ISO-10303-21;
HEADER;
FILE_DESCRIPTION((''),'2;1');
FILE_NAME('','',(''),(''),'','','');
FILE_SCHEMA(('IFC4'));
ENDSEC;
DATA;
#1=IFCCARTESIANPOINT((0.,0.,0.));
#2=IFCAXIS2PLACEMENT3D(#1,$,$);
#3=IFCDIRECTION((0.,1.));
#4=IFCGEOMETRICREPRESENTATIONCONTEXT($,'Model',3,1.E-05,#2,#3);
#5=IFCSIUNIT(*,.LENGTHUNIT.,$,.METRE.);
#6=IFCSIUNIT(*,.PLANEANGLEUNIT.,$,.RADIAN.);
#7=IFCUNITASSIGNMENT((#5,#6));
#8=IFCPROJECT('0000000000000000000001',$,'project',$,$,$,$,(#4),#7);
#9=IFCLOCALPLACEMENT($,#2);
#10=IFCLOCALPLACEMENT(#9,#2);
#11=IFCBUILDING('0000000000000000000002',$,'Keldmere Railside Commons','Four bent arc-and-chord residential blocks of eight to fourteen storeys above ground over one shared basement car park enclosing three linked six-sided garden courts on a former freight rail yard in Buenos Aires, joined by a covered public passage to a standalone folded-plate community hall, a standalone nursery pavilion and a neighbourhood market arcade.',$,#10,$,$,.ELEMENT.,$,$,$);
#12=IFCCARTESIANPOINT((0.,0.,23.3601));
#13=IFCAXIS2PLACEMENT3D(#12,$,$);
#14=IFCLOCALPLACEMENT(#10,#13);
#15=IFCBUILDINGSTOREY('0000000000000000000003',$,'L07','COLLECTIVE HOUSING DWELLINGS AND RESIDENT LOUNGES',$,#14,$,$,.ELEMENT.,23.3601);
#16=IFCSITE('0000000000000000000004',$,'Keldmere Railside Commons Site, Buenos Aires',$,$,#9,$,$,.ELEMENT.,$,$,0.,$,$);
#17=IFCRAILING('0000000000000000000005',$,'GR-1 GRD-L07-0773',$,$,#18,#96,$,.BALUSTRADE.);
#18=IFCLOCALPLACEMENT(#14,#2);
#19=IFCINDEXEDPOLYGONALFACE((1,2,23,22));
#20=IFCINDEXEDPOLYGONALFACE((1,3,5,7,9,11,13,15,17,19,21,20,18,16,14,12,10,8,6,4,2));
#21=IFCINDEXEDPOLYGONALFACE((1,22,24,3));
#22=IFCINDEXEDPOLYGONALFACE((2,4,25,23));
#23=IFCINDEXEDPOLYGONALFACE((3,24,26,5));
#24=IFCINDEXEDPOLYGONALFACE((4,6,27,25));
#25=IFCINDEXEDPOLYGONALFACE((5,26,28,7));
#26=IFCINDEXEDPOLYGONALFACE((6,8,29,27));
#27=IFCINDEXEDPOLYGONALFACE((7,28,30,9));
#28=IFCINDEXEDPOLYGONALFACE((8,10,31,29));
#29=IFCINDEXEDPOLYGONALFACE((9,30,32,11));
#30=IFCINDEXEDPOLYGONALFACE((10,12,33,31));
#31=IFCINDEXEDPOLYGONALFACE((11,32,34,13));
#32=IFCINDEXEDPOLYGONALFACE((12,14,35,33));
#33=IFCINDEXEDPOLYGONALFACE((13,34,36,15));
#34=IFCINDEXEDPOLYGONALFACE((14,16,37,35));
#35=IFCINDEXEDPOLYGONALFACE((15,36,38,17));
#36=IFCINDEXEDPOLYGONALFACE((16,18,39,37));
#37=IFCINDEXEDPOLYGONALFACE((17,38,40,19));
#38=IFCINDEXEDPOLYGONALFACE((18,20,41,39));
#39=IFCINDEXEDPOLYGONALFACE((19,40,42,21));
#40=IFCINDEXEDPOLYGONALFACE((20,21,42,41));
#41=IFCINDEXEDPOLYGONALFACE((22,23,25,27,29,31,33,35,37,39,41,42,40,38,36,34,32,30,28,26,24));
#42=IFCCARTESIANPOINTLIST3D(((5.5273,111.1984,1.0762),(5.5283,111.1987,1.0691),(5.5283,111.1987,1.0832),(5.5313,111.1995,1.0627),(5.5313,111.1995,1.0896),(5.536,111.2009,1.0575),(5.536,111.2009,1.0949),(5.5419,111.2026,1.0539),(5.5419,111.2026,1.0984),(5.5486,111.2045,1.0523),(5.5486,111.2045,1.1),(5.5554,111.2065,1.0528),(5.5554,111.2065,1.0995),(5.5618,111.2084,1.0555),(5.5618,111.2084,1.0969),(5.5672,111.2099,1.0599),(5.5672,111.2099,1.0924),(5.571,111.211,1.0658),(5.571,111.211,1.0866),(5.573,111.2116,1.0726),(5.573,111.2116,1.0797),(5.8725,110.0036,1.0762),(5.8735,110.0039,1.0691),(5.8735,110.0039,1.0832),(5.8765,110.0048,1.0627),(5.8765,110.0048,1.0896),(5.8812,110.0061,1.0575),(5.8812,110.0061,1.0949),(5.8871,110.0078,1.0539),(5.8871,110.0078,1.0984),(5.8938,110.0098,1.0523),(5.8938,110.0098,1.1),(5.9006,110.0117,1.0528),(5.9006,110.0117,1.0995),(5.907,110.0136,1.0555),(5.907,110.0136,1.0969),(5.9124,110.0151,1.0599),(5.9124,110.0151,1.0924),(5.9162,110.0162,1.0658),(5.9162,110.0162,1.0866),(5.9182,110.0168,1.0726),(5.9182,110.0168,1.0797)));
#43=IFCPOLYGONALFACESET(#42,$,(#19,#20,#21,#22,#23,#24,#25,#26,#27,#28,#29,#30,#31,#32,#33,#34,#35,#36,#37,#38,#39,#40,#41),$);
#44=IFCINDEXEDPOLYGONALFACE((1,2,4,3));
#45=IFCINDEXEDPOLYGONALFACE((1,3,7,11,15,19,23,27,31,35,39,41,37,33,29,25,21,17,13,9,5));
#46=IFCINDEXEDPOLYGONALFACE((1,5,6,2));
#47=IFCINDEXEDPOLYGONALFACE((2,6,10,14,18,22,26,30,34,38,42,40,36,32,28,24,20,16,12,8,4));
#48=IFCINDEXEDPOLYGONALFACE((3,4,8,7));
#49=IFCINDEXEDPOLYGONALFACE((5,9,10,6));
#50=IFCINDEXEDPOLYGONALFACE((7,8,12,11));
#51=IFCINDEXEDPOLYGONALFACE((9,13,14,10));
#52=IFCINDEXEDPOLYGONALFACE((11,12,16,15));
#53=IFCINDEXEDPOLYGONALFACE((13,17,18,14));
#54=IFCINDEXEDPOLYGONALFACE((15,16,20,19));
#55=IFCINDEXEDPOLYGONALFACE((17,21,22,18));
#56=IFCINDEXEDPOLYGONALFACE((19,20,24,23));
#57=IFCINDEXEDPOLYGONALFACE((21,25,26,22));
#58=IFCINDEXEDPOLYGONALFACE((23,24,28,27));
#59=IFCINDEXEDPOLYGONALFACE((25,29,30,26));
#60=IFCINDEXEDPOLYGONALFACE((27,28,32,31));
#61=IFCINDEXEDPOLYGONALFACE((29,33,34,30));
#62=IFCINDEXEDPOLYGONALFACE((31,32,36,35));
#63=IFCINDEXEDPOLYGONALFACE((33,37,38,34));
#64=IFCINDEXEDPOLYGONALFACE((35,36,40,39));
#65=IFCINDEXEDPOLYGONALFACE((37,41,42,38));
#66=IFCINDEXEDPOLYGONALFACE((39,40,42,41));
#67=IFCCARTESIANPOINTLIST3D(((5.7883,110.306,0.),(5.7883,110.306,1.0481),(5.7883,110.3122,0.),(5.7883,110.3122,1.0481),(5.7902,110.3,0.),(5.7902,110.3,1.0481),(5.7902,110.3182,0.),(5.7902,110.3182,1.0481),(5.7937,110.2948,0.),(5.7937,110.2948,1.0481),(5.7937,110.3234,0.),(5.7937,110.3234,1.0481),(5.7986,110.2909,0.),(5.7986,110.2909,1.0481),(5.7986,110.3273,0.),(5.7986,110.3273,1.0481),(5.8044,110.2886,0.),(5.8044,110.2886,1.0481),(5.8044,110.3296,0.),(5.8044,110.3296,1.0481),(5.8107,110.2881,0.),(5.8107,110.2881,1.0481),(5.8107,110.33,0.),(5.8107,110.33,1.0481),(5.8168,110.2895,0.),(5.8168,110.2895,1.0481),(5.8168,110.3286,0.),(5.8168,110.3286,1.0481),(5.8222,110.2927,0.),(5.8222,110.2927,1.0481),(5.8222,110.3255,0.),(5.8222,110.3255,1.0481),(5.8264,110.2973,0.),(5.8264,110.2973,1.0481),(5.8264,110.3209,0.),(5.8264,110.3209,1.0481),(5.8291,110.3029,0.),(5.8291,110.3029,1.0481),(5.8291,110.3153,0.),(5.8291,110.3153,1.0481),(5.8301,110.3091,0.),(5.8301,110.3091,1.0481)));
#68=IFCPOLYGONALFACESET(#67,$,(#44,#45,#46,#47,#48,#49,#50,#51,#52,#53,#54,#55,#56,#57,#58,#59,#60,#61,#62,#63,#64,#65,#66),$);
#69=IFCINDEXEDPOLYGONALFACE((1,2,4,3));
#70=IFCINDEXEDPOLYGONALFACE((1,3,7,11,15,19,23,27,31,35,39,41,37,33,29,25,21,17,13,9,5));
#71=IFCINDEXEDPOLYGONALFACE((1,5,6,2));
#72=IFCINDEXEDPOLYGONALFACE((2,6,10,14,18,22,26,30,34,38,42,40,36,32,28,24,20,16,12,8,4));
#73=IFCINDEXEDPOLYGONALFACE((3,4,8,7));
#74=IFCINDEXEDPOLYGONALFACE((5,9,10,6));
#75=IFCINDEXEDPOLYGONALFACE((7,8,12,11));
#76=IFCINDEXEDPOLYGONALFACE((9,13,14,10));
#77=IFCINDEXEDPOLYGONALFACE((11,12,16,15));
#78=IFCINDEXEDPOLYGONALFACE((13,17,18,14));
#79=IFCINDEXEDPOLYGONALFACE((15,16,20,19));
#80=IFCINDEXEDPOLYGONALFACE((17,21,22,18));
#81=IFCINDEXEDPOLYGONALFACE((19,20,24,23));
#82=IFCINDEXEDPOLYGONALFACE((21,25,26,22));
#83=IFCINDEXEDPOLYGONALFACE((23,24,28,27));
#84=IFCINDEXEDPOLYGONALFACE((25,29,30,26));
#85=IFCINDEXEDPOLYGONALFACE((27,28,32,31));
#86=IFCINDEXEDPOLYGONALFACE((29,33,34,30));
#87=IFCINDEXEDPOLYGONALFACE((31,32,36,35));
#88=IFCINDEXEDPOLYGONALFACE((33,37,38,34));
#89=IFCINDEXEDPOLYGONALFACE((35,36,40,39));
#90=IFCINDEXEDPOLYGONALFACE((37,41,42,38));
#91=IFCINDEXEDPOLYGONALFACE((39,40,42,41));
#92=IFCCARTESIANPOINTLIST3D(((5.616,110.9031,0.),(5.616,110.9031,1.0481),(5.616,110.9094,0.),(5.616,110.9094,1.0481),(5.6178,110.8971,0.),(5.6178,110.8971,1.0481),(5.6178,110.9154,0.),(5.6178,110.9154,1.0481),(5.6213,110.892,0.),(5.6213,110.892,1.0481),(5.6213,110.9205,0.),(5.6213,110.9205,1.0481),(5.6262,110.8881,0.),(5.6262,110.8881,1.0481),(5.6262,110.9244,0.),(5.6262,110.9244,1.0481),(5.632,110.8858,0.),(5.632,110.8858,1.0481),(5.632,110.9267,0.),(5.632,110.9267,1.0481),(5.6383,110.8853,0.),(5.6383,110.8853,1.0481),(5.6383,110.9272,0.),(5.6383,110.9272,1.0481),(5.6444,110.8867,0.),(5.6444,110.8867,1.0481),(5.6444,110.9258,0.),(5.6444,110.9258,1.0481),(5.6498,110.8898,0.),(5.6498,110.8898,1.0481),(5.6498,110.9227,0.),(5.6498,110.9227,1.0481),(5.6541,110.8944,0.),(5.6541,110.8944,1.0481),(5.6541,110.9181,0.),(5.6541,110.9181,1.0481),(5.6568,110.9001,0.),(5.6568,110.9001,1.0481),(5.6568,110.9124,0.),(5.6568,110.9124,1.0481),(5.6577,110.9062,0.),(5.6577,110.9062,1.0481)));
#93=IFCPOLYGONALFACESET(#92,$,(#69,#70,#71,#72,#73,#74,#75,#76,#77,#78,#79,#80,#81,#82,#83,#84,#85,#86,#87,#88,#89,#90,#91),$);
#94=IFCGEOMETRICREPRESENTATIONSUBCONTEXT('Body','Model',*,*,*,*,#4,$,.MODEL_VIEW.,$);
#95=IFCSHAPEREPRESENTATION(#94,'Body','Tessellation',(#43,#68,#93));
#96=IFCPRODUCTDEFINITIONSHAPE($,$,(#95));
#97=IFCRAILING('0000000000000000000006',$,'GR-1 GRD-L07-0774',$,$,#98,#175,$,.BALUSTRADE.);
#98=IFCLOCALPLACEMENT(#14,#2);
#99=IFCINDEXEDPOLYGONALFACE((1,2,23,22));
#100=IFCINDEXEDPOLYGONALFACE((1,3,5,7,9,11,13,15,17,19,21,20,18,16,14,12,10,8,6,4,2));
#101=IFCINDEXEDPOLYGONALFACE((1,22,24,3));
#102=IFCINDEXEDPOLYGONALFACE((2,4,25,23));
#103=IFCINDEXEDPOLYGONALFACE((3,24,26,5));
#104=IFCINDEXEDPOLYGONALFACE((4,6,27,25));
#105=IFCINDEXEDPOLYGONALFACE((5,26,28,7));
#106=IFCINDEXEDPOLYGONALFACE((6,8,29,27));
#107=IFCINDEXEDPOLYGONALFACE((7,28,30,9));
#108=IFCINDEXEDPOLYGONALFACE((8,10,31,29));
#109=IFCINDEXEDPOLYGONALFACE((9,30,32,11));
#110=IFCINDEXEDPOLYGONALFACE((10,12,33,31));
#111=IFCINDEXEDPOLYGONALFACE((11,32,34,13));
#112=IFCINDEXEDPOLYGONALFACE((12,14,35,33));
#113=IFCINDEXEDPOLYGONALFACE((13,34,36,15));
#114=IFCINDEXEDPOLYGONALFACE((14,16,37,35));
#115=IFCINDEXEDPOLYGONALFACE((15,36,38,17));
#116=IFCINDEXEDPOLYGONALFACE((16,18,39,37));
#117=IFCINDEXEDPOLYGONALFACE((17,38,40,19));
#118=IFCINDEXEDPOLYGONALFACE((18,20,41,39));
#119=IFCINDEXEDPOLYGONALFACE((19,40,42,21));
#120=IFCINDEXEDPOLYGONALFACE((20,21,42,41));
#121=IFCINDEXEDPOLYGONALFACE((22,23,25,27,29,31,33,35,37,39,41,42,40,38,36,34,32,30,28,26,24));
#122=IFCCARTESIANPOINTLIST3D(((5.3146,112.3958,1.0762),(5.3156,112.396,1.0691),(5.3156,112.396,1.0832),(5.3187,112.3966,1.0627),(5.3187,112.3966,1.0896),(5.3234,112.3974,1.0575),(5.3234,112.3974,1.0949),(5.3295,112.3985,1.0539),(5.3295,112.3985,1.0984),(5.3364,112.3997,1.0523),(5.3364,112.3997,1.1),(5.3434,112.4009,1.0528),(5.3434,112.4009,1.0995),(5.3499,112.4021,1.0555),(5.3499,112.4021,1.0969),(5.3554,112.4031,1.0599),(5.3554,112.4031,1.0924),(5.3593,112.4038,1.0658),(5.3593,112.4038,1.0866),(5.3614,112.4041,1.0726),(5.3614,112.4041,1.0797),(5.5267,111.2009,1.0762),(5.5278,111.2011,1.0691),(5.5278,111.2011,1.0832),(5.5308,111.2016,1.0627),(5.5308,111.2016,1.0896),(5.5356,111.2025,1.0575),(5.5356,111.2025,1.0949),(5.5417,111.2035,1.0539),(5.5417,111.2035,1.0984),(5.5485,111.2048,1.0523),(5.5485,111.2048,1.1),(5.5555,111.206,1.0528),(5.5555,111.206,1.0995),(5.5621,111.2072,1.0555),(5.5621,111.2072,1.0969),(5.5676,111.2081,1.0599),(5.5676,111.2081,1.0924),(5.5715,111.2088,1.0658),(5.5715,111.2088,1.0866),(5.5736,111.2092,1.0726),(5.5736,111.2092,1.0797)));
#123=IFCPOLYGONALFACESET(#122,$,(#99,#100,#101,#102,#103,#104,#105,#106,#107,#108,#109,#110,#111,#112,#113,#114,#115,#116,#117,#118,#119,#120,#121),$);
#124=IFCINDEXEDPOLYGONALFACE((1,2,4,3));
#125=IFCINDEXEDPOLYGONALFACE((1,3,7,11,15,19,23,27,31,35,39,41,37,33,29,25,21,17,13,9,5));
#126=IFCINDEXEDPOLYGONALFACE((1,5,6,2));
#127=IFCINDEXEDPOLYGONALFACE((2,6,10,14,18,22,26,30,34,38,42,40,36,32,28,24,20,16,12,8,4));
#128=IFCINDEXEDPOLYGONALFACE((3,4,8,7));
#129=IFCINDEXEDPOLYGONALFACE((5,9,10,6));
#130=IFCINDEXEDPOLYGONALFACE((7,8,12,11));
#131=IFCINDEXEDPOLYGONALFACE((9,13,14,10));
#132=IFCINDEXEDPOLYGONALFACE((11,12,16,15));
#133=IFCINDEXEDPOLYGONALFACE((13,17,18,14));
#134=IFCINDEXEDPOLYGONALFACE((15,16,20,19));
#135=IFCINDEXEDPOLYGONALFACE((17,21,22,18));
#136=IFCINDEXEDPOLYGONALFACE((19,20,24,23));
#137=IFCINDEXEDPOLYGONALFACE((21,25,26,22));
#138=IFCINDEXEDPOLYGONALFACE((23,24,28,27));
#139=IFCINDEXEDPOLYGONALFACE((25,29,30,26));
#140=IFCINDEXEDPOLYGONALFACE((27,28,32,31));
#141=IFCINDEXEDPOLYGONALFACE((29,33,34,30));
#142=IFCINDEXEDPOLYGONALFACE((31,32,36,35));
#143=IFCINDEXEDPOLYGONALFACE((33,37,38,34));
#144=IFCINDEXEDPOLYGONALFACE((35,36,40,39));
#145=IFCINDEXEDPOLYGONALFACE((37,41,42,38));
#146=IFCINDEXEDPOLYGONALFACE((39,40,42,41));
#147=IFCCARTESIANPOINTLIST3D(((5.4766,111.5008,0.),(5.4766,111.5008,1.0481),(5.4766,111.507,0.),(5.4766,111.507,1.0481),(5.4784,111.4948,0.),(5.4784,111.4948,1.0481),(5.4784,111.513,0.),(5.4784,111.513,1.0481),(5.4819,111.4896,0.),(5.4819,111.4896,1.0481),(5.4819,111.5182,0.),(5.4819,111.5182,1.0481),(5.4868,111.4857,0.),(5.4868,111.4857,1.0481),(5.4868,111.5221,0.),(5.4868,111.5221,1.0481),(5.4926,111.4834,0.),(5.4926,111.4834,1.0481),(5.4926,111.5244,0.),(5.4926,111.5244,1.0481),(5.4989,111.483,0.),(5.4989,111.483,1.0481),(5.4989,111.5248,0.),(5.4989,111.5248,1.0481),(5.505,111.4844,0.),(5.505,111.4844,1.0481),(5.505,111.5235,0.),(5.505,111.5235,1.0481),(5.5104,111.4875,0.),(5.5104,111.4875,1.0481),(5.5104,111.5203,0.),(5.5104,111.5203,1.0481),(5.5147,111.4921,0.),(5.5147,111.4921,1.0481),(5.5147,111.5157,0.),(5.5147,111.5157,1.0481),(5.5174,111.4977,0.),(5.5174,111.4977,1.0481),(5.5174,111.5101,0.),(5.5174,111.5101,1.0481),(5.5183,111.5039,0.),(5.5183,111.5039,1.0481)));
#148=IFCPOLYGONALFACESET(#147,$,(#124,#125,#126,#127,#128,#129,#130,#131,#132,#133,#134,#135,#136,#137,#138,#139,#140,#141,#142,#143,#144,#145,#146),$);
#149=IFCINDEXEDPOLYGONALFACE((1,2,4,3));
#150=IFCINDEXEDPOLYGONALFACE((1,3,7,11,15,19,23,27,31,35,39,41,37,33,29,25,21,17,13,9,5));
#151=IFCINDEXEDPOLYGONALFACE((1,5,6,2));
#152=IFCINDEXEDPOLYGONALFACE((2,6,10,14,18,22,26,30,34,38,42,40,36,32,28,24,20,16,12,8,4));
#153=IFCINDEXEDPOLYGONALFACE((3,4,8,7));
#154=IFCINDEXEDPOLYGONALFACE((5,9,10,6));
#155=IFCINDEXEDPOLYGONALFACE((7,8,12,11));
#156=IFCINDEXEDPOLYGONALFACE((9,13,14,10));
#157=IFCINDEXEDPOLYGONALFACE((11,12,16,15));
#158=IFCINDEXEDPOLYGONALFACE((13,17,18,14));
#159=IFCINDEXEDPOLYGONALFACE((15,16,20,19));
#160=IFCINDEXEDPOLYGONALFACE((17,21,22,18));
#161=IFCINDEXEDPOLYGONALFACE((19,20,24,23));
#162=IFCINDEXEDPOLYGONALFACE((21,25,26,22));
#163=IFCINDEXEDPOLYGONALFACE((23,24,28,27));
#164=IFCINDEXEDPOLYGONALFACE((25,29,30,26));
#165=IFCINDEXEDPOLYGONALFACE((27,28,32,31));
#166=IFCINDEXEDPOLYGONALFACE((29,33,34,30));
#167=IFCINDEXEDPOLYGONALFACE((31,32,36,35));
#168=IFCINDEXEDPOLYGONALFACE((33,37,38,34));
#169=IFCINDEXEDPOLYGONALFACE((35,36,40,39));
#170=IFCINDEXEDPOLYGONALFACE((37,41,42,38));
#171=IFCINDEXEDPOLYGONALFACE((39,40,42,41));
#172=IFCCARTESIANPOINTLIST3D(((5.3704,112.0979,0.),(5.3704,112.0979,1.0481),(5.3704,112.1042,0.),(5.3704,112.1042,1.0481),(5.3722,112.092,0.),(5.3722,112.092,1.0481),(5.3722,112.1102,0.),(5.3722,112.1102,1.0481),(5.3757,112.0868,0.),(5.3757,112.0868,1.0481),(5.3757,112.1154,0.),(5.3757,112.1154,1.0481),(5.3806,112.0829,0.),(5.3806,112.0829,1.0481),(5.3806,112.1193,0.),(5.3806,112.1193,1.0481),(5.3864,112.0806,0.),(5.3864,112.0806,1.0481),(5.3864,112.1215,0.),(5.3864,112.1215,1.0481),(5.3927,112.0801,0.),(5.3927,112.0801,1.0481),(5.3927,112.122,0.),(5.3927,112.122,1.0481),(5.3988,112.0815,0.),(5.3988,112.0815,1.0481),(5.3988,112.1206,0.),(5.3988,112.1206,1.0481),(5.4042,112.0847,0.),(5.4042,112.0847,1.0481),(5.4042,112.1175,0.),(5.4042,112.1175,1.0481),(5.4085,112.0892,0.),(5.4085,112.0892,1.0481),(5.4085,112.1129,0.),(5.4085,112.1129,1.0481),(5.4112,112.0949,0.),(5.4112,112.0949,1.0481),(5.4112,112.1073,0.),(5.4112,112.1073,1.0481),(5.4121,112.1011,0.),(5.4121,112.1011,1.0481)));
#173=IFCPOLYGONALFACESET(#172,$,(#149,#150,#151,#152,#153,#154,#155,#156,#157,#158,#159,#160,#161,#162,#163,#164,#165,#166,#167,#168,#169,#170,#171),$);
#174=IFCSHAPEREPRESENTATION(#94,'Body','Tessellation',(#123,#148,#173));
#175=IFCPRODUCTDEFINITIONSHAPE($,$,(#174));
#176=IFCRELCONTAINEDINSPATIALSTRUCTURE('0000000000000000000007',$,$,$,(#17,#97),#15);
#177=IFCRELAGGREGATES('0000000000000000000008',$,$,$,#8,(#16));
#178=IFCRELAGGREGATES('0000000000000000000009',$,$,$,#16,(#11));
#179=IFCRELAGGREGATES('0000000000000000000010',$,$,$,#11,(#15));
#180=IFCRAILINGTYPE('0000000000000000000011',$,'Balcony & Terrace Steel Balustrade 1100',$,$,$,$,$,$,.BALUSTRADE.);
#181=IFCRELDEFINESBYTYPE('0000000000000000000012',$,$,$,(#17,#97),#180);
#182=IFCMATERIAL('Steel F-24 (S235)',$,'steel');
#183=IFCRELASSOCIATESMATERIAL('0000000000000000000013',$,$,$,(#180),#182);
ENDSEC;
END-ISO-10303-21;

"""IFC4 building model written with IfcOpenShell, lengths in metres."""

from ifc_helpers import new_model, si_unit, direction, frame, origin, origin_2d, place, context, subcontext, project, spatial, circle, extrude, material, type_object, element, save


model = new_model("IFC4")

# Units and contexts
model_context = context("Model", 3, precision=1e-05, world=origin(), true_north=direction((0.0, 1.0)))
body_context = subcontext(model_context, "Body", "Model", "MODEL_VIEW")
ifc_project = project(units=[si_unit("LENGTHUNIT", "METRE"), si_unit("PLANEANGLEUNIT", "RADIAN")], contexts=[model_context])

# Site, building, storey
site_placement = place(None, origin())
site = spatial("IfcSite", under=ifc_project, at=site_placement, Name="Keldmere Railside Commons Site, Buenos Aires", CompositionType="ELEMENT", RefElevation=0.0)
building_placement = place(site_placement, origin())
building = spatial("IfcBuilding", under=site, at=building_placement, Name="Keldmere Railside Commons", Description="Four bent arc-and-chord residential blocks of eight to fourteen storeys above ground over one shared basement car park enclosing three linked six-sided garden courts on a former freight rail yard in Buenos Aires, joined by a covered public passage to a standalone folded-plate community hall, a standalone nursery pavilion and a neighbourhood market arcade.", CompositionType="ELEMENT")
storey_placement = place(building_placement, frame((0.0, 0.0, 23.3601)))
storey = spatial("IfcBuildingStorey", under=building, at=storey_placement, Name="L07", Description="COLLECTIVE HOUSING DWELLINGS AND RESIDENT LOUNGES", CompositionType="ELEMENT", Elevation=23.3601)

# Railings
ifc_material_1 = material(Name="Steel F-24 (S235)", Category="steel")
railing_type = type_object("IfcRailingType", Name="Balcony & Terrace Steel Balustrade 1100", PredefinedType="BALUSTRADE", material=ifc_material_1)
railing_1_placement = place(storey_placement, frame((5.8955, 110.0103, 0.0)))
element("IfcRailing", 1, at=railing_1_placement, inside=storey, type_object=railing_type, Name="GR-1 GRD-L07-0773", PredefinedType="BALUSTRADE", context=body_context, shape_type="SweptSolid", body=[
    extrude(circle(Radius=0.0239, at=origin_2d()), frame((0.0, 0.0, 1.0762), z_axis=(-0.277572, 0.960705, 0.0), x_axis=(-0.960705, -0.277572, 0.0)), (0.0, 0.0, 1.0), 1.2437),
    extrude(circle(Radius=0.021, at=origin_2d()), frame((-0.0864, 0.2988, 0.0)), (0.0, 0.0, 1.0), 1.0481),
    extrude(circle(Radius=0.021, at=origin_2d()), frame((-0.2588, 0.896, 0.0)), (0.0, 0.0, 1.0), 1.0481),
])
railing_2_placement = place(storey_placement, frame((5.5503, 111.2051, 0.0)))
element("IfcRailing", 2, at=railing_2_placement, inside=storey, type_object=railing_type, Name="GR-1 GRD-L07-0774", PredefinedType="BALUSTRADE", context=body_context, shape_type="SweptSolid", body=[
    extrude(circle(Radius=0.0239, at=origin_2d()), frame((0.0, 0.0, 1.0762), z_axis=(-0.17483, 0.984599, 0.0), x_axis=(-0.984599, -0.17483, 0.0)), (0.0, 0.0, 1.0), 1.2136),
    extrude(circle(Radius=0.021, at=origin_2d()), frame((-0.053, 0.2988, 0.0)), (0.0, 0.0, 1.0), 1.0481),
    extrude(circle(Radius=0.021, at=origin_2d()), frame((-0.1592, 0.896, 0.0)), (0.0, 0.0, 1.0), 1.0481),
])

save(model, "model.ifc")
